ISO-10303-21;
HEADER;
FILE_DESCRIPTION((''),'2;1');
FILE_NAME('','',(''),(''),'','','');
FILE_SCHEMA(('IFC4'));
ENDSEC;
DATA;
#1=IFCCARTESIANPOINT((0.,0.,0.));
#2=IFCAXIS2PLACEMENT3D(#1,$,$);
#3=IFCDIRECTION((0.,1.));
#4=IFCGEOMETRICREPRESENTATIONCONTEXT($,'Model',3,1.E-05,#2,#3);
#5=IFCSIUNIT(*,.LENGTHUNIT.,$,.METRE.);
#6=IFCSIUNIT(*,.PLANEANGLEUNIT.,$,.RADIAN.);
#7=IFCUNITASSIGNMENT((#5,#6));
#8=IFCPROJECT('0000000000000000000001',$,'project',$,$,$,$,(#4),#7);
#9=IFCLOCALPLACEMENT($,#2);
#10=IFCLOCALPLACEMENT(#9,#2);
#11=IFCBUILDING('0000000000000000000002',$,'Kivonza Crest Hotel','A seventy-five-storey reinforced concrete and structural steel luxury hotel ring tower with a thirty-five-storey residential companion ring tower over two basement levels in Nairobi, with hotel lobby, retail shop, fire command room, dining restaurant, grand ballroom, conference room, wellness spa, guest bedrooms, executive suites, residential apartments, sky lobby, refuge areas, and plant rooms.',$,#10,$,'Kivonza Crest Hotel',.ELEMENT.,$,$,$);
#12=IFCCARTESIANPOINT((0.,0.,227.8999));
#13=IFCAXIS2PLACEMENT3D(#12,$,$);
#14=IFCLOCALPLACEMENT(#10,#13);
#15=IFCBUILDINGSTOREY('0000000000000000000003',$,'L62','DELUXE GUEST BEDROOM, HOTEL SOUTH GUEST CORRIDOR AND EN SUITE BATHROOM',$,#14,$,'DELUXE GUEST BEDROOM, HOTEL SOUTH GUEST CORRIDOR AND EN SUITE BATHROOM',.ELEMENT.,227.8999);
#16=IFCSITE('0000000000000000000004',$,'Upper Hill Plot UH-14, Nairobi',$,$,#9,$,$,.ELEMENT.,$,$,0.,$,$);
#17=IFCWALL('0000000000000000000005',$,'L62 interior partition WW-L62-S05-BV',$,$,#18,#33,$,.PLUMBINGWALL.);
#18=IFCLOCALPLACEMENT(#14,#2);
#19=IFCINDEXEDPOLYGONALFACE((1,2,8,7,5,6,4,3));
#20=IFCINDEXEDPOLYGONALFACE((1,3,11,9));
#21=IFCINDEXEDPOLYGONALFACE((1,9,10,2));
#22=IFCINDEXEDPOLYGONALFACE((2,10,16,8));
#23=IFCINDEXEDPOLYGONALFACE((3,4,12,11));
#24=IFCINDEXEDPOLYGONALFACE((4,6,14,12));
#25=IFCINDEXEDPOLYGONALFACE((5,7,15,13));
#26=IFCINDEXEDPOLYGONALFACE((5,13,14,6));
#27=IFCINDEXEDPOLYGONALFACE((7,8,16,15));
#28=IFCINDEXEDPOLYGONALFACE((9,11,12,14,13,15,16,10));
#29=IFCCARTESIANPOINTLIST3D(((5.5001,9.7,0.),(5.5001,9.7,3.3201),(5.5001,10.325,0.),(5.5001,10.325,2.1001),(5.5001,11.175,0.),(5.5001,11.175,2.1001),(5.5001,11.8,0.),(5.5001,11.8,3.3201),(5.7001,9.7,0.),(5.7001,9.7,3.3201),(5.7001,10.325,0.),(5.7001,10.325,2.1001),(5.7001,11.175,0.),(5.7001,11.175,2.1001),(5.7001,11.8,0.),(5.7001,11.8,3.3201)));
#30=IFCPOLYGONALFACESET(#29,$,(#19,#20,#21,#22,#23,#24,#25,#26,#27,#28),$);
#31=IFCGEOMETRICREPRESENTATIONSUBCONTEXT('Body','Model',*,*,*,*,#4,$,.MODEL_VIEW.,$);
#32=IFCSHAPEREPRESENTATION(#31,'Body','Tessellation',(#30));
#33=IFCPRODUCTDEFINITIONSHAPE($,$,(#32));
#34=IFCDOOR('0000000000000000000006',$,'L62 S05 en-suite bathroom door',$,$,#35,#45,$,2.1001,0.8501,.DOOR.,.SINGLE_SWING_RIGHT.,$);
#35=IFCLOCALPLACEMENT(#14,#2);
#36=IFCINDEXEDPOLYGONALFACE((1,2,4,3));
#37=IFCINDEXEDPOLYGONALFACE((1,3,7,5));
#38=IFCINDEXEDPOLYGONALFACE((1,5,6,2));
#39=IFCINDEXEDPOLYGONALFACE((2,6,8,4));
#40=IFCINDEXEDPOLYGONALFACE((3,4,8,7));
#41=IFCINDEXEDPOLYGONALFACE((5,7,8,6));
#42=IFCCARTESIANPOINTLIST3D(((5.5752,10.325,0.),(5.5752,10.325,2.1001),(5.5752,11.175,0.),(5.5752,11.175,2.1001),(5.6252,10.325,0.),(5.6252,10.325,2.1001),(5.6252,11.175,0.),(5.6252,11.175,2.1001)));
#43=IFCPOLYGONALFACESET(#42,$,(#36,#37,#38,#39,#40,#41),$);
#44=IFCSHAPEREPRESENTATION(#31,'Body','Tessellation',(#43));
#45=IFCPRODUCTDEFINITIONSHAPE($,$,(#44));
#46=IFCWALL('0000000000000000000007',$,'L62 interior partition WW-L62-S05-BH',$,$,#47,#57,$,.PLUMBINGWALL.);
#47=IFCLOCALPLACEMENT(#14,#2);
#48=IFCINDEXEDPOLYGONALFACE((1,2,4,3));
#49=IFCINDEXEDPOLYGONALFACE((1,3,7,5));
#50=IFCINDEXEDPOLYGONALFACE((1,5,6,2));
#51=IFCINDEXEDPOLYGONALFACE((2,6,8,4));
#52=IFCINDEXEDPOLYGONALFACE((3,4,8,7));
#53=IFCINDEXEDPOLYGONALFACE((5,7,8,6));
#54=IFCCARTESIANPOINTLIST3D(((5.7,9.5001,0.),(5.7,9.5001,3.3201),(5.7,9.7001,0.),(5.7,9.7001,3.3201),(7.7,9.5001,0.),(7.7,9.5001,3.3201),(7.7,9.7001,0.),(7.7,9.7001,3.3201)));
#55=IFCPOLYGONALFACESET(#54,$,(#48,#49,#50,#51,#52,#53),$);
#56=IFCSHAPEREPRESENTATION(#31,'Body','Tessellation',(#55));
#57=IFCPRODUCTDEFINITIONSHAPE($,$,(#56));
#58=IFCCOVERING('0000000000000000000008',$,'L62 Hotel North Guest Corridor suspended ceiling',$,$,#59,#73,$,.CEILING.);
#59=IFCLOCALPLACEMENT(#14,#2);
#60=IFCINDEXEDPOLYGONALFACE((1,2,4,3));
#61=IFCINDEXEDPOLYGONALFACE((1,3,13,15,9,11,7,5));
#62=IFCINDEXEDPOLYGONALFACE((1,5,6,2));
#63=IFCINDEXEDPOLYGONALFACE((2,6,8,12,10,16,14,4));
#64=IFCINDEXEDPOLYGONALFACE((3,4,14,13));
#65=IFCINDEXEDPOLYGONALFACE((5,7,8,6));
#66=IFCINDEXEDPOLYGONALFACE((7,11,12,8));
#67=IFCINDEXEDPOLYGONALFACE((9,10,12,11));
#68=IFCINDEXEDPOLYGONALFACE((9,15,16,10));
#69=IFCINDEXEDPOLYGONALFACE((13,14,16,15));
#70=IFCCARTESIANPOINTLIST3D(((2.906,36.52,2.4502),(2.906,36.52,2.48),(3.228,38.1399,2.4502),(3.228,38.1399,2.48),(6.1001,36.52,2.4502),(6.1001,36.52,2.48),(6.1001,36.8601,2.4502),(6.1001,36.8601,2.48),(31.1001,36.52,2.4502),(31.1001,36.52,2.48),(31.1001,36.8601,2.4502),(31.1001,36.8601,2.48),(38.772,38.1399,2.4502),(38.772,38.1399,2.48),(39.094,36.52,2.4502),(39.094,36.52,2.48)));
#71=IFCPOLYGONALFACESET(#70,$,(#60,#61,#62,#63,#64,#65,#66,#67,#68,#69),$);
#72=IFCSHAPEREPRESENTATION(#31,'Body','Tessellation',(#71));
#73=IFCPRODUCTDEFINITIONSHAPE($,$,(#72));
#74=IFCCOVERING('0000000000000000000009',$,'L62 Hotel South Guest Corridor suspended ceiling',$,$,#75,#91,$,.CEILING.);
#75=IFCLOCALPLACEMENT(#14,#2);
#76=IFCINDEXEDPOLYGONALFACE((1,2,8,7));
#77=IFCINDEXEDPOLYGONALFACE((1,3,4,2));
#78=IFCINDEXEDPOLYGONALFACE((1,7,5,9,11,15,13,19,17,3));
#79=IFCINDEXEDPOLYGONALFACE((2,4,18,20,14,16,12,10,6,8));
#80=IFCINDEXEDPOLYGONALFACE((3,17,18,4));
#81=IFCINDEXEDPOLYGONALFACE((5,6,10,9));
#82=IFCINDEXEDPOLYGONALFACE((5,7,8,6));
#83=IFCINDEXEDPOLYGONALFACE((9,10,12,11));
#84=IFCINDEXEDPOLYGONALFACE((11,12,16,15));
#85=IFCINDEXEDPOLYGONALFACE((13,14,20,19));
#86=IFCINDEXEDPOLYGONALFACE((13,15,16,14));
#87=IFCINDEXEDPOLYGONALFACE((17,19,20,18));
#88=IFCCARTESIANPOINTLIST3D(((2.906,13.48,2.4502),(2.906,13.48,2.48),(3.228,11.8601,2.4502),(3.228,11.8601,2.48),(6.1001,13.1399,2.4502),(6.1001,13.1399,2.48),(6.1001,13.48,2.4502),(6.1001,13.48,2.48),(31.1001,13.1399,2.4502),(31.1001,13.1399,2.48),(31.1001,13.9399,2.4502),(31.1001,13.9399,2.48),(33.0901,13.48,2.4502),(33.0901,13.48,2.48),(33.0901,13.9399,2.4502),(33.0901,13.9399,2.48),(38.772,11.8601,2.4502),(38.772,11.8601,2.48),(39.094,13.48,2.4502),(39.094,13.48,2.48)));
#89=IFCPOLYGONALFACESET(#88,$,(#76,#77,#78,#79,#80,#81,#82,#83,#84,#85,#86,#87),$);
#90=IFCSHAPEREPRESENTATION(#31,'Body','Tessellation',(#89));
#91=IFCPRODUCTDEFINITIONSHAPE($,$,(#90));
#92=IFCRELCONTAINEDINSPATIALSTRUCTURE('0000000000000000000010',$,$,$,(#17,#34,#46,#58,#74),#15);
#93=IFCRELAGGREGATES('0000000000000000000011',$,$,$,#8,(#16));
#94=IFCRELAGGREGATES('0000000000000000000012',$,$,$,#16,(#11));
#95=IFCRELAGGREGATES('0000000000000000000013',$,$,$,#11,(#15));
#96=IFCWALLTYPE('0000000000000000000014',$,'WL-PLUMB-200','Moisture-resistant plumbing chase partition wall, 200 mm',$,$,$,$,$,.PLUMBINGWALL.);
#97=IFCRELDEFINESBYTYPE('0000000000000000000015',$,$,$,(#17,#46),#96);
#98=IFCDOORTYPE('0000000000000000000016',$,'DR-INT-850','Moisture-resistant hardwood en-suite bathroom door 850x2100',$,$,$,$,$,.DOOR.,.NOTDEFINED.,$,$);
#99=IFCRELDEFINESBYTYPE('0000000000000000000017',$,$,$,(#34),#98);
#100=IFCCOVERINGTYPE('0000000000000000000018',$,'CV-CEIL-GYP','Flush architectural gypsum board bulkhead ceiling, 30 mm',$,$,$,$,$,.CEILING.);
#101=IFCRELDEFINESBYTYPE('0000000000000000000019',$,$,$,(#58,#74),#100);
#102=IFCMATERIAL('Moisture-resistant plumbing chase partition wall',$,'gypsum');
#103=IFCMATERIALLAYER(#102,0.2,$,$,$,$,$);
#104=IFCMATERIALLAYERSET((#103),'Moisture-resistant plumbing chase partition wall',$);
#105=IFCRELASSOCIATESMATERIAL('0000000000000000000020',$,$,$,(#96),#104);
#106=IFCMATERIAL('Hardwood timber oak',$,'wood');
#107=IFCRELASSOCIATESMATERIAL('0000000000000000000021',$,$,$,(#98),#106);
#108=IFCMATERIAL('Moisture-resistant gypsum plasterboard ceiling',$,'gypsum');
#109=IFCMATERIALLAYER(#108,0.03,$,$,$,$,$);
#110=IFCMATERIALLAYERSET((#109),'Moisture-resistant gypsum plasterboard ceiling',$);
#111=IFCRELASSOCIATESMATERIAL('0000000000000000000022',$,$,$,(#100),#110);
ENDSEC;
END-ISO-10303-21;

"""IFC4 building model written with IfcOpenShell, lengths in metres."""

from ifc_helpers import new_model, si_unit, direction, frame, frame_2d, origin, place, context, subcontext, project, spatial, polyline, rectangle, outline, extrude, material, layer, layer_set, type_object, element, fill, save


model = new_model("IFC4")

# Units and contexts
model_context = context("Model", 3, precision=1e-05, world=origin(), true_north=direction((0.0, 1.0)))
body_context = subcontext(model_context, "Body", "Model", "MODEL_VIEW")
ifc_project = project(units=[si_unit("LENGTHUNIT", "METRE"), si_unit("PLANEANGLEUNIT", "RADIAN")], contexts=[model_context])

# Site, building, storey
site_placement = place(None, origin())
site = spatial("IfcSite", under=ifc_project, at=site_placement, Name="Upper Hill Plot UH-14, Nairobi", CompositionType="ELEMENT", RefElevation=0.0)
building_placement = place(site_placement, origin())
building = spatial("IfcBuilding", under=site, at=building_placement, Name="Kivonza Crest Hotel", Description="A seventy-five-storey reinforced concrete and structural steel luxury hotel ring tower with a thirty-five-storey residential companion ring tower over two basement levels in Nairobi, with hotel lobby, retail shop, fire command room, dining restaurant, grand ballroom, conference room, wellness spa, guest bedrooms, executive suites, residential apartments, sky lobby, refuge areas, and plant rooms.", LongName="Kivonza Crest Hotel", CompositionType="ELEMENT")
storey_placement = place(building_placement, frame((0.0, 0.0, 227.8999)))
storey = spatial("IfcBuildingStorey", under=building, at=storey_placement, Name="L62", Description="DELUXE GUEST BEDROOM, HOTEL SOUTH GUEST CORRIDOR AND EN SUITE BATHROOM", LongName="DELUXE GUEST BEDROOM, HOTEL SOUTH GUEST CORRIDOR AND EN SUITE BATHROOM", CompositionType="ELEMENT", Elevation=227.8999)

# Shared definitions
ifc_material_1 = material(Name="Hardwood timber oak", Category="wood")

# Wall, opening, door
ifc_material_2 = material(Name="Moisture-resistant plumbing chase partition wall", Category="gypsum")
ifc_layer_1 = layer(ifc_material_2, 0.2)
ifc_layer_set_1 = layer_set([ifc_layer_1], Name="Moisture-resistant plumbing chase partition wall")
wall_type_1 = type_object("IfcWallType", Name="WL-PLUMB-200", Description="Moisture-resistant plumbing chase partition wall, 200 mm", PredefinedType="PLUMBINGWALL", material=ifc_layer_set_1)
wall_1_placement = place(storey_placement, frame((5.6001, 9.7, 0.0), z_axis=(0.0, 0.0, 1.0), x_axis=(0.0, 1.0, 0.0)))
wall_1 = element("IfcWall", 1, at=wall_1_placement, inside=storey, type_object=wall_type_1, Name="L62 interior partition WW-L62-S05-BV", PredefinedType="PLUMBINGWALL", context=body_context, shape_type="SweptSolid", body=[
    extrude(rectangle(XDim=2.1001, YDim=0.2, at=frame_2d((1.05, 0.0))), origin(), (0.0, 0.0, 1.0), 3.3201),
])
opening_1_placement = place(wall_1_placement, frame((0.625, 0.0, 0.0)))
opening_1 = element("IfcOpeningElement", 2, at=opening_1_placement, cuts=wall_1, PredefinedType="OPENING", context=body_context, shape_type="SweptSolid", body=[
    extrude(rectangle(XDim=0.8501, YDim=2.1001, at=frame_2d((0.425, 1.05))), frame((0.0, 0.1099, 0.0), z_axis=(0.0, -1.0, 0.0), x_axis=(1.0, 0.0, 0.0)), (0.0, 0.0, 1.0), 0.22),
])
door_type_1 = type_object("IfcDoorType", Name="DR-INT-850", Description="Moisture-resistant hardwood en-suite bathroom door 850x2100", OperationType="NOTDEFINED", PredefinedType="DOOR", material=ifc_material_1)
door_1_placement = place(opening_1_placement, origin())
door_1 = element("IfcDoor", 3, at=door_1_placement, inside=storey, type_object=door_type_1, Name="L62 S05 en-suite bathroom door", OperationType="SINGLE_SWING_RIGHT", OverallHeight=2.1001, OverallWidth=0.8501, PredefinedType="DOOR", context=body_context, shape_type="SweptSolid", body=[
    extrude(rectangle(XDim=0.8501, YDim=2.1001, at=frame_2d((0.425, 1.05))), frame((0.0, 0.0249, 0.0), z_axis=(0.0, -1.0, 0.0), x_axis=(1.0, 0.0, 0.0)), (0.0, 0.0, 1.0), 0.05),
])
fill(opening_1, door_1)

# Wall
wall_2_placement = place(storey_placement, frame((5.7, 9.6001, 0.0), z_axis=(0.0, 0.0, 1.0), x_axis=(1.0, 0.0, 0.0)))
element("IfcWall", 4, at=wall_2_placement, inside=storey, type_object=wall_type_1, Name="L62 interior partition WW-L62-S05-BH", PredefinedType="PLUMBINGWALL", context=body_context, shape_type="SweptSolid", body=[
    extrude(rectangle(XDim=2.0, YDim=0.2, at=frame_2d((1.0, 0.0))), origin(), (0.0, 0.0, 1.0), 3.3201),
])

# Coverings
ifc_material_3 = material(Name="Moisture-resistant gypsum plasterboard ceiling", Category="gypsum")
ifc_layer_2 = layer(ifc_material_3, 0.03)
ifc_layer_set_2 = layer_set([ifc_layer_2], Name="Moisture-resistant gypsum plasterboard ceiling")
covering_type = type_object("IfcCoveringType", Name="CV-CEIL-GYP", Description="Flush architectural gypsum board bulkhead ceiling, 30 mm", PredefinedType="CEILING", material=ifc_layer_set_2)
covering_1_placement = place(storey_placement, frame((0.0, 0.0, 2.4502)))
element("IfcCovering", 5, at=covering_1_placement, inside=storey, type_object=covering_type, Name="L62 Hotel North Guest Corridor suspended ceiling", PredefinedType="CEILING", context=body_context, shape_type="SweptSolid", body=[
    extrude(outline(polyline([(3.228, 38.1399), (2.906, 36.52), (6.1001, 36.52), (6.1001, 36.8601), (31.1001, 36.8601), (31.1001, 36.52), (39.094, 36.52), (38.772, 38.1399), (3.228, 38.1399)])), origin(), (0.0, 0.0, 1.0), 0.0298),
])
covering_2_placement = place(storey_placement, frame((0.0, 0.0, 2.4502)))
element("IfcCovering", 6, at=covering_2_placement, inside=storey, type_object=covering_type, Name="L62 Hotel South Guest Corridor suspended ceiling", PredefinedType="CEILING", context=body_context, shape_type="SweptSolid", body=[
    extrude(outline(polyline([(33.0901, 13.48), (33.0901, 13.9399), (31.1001, 13.9399), (31.1001, 13.1399), (6.1001, 13.1399), (6.1001, 13.48), (2.906, 13.48), (3.228, 11.8601), (38.772, 11.8601), (39.094, 13.48), (33.0901, 13.48)])), origin(), (0.0, 0.0, 1.0), 0.0298),
])

save(model, "model.ifc")
